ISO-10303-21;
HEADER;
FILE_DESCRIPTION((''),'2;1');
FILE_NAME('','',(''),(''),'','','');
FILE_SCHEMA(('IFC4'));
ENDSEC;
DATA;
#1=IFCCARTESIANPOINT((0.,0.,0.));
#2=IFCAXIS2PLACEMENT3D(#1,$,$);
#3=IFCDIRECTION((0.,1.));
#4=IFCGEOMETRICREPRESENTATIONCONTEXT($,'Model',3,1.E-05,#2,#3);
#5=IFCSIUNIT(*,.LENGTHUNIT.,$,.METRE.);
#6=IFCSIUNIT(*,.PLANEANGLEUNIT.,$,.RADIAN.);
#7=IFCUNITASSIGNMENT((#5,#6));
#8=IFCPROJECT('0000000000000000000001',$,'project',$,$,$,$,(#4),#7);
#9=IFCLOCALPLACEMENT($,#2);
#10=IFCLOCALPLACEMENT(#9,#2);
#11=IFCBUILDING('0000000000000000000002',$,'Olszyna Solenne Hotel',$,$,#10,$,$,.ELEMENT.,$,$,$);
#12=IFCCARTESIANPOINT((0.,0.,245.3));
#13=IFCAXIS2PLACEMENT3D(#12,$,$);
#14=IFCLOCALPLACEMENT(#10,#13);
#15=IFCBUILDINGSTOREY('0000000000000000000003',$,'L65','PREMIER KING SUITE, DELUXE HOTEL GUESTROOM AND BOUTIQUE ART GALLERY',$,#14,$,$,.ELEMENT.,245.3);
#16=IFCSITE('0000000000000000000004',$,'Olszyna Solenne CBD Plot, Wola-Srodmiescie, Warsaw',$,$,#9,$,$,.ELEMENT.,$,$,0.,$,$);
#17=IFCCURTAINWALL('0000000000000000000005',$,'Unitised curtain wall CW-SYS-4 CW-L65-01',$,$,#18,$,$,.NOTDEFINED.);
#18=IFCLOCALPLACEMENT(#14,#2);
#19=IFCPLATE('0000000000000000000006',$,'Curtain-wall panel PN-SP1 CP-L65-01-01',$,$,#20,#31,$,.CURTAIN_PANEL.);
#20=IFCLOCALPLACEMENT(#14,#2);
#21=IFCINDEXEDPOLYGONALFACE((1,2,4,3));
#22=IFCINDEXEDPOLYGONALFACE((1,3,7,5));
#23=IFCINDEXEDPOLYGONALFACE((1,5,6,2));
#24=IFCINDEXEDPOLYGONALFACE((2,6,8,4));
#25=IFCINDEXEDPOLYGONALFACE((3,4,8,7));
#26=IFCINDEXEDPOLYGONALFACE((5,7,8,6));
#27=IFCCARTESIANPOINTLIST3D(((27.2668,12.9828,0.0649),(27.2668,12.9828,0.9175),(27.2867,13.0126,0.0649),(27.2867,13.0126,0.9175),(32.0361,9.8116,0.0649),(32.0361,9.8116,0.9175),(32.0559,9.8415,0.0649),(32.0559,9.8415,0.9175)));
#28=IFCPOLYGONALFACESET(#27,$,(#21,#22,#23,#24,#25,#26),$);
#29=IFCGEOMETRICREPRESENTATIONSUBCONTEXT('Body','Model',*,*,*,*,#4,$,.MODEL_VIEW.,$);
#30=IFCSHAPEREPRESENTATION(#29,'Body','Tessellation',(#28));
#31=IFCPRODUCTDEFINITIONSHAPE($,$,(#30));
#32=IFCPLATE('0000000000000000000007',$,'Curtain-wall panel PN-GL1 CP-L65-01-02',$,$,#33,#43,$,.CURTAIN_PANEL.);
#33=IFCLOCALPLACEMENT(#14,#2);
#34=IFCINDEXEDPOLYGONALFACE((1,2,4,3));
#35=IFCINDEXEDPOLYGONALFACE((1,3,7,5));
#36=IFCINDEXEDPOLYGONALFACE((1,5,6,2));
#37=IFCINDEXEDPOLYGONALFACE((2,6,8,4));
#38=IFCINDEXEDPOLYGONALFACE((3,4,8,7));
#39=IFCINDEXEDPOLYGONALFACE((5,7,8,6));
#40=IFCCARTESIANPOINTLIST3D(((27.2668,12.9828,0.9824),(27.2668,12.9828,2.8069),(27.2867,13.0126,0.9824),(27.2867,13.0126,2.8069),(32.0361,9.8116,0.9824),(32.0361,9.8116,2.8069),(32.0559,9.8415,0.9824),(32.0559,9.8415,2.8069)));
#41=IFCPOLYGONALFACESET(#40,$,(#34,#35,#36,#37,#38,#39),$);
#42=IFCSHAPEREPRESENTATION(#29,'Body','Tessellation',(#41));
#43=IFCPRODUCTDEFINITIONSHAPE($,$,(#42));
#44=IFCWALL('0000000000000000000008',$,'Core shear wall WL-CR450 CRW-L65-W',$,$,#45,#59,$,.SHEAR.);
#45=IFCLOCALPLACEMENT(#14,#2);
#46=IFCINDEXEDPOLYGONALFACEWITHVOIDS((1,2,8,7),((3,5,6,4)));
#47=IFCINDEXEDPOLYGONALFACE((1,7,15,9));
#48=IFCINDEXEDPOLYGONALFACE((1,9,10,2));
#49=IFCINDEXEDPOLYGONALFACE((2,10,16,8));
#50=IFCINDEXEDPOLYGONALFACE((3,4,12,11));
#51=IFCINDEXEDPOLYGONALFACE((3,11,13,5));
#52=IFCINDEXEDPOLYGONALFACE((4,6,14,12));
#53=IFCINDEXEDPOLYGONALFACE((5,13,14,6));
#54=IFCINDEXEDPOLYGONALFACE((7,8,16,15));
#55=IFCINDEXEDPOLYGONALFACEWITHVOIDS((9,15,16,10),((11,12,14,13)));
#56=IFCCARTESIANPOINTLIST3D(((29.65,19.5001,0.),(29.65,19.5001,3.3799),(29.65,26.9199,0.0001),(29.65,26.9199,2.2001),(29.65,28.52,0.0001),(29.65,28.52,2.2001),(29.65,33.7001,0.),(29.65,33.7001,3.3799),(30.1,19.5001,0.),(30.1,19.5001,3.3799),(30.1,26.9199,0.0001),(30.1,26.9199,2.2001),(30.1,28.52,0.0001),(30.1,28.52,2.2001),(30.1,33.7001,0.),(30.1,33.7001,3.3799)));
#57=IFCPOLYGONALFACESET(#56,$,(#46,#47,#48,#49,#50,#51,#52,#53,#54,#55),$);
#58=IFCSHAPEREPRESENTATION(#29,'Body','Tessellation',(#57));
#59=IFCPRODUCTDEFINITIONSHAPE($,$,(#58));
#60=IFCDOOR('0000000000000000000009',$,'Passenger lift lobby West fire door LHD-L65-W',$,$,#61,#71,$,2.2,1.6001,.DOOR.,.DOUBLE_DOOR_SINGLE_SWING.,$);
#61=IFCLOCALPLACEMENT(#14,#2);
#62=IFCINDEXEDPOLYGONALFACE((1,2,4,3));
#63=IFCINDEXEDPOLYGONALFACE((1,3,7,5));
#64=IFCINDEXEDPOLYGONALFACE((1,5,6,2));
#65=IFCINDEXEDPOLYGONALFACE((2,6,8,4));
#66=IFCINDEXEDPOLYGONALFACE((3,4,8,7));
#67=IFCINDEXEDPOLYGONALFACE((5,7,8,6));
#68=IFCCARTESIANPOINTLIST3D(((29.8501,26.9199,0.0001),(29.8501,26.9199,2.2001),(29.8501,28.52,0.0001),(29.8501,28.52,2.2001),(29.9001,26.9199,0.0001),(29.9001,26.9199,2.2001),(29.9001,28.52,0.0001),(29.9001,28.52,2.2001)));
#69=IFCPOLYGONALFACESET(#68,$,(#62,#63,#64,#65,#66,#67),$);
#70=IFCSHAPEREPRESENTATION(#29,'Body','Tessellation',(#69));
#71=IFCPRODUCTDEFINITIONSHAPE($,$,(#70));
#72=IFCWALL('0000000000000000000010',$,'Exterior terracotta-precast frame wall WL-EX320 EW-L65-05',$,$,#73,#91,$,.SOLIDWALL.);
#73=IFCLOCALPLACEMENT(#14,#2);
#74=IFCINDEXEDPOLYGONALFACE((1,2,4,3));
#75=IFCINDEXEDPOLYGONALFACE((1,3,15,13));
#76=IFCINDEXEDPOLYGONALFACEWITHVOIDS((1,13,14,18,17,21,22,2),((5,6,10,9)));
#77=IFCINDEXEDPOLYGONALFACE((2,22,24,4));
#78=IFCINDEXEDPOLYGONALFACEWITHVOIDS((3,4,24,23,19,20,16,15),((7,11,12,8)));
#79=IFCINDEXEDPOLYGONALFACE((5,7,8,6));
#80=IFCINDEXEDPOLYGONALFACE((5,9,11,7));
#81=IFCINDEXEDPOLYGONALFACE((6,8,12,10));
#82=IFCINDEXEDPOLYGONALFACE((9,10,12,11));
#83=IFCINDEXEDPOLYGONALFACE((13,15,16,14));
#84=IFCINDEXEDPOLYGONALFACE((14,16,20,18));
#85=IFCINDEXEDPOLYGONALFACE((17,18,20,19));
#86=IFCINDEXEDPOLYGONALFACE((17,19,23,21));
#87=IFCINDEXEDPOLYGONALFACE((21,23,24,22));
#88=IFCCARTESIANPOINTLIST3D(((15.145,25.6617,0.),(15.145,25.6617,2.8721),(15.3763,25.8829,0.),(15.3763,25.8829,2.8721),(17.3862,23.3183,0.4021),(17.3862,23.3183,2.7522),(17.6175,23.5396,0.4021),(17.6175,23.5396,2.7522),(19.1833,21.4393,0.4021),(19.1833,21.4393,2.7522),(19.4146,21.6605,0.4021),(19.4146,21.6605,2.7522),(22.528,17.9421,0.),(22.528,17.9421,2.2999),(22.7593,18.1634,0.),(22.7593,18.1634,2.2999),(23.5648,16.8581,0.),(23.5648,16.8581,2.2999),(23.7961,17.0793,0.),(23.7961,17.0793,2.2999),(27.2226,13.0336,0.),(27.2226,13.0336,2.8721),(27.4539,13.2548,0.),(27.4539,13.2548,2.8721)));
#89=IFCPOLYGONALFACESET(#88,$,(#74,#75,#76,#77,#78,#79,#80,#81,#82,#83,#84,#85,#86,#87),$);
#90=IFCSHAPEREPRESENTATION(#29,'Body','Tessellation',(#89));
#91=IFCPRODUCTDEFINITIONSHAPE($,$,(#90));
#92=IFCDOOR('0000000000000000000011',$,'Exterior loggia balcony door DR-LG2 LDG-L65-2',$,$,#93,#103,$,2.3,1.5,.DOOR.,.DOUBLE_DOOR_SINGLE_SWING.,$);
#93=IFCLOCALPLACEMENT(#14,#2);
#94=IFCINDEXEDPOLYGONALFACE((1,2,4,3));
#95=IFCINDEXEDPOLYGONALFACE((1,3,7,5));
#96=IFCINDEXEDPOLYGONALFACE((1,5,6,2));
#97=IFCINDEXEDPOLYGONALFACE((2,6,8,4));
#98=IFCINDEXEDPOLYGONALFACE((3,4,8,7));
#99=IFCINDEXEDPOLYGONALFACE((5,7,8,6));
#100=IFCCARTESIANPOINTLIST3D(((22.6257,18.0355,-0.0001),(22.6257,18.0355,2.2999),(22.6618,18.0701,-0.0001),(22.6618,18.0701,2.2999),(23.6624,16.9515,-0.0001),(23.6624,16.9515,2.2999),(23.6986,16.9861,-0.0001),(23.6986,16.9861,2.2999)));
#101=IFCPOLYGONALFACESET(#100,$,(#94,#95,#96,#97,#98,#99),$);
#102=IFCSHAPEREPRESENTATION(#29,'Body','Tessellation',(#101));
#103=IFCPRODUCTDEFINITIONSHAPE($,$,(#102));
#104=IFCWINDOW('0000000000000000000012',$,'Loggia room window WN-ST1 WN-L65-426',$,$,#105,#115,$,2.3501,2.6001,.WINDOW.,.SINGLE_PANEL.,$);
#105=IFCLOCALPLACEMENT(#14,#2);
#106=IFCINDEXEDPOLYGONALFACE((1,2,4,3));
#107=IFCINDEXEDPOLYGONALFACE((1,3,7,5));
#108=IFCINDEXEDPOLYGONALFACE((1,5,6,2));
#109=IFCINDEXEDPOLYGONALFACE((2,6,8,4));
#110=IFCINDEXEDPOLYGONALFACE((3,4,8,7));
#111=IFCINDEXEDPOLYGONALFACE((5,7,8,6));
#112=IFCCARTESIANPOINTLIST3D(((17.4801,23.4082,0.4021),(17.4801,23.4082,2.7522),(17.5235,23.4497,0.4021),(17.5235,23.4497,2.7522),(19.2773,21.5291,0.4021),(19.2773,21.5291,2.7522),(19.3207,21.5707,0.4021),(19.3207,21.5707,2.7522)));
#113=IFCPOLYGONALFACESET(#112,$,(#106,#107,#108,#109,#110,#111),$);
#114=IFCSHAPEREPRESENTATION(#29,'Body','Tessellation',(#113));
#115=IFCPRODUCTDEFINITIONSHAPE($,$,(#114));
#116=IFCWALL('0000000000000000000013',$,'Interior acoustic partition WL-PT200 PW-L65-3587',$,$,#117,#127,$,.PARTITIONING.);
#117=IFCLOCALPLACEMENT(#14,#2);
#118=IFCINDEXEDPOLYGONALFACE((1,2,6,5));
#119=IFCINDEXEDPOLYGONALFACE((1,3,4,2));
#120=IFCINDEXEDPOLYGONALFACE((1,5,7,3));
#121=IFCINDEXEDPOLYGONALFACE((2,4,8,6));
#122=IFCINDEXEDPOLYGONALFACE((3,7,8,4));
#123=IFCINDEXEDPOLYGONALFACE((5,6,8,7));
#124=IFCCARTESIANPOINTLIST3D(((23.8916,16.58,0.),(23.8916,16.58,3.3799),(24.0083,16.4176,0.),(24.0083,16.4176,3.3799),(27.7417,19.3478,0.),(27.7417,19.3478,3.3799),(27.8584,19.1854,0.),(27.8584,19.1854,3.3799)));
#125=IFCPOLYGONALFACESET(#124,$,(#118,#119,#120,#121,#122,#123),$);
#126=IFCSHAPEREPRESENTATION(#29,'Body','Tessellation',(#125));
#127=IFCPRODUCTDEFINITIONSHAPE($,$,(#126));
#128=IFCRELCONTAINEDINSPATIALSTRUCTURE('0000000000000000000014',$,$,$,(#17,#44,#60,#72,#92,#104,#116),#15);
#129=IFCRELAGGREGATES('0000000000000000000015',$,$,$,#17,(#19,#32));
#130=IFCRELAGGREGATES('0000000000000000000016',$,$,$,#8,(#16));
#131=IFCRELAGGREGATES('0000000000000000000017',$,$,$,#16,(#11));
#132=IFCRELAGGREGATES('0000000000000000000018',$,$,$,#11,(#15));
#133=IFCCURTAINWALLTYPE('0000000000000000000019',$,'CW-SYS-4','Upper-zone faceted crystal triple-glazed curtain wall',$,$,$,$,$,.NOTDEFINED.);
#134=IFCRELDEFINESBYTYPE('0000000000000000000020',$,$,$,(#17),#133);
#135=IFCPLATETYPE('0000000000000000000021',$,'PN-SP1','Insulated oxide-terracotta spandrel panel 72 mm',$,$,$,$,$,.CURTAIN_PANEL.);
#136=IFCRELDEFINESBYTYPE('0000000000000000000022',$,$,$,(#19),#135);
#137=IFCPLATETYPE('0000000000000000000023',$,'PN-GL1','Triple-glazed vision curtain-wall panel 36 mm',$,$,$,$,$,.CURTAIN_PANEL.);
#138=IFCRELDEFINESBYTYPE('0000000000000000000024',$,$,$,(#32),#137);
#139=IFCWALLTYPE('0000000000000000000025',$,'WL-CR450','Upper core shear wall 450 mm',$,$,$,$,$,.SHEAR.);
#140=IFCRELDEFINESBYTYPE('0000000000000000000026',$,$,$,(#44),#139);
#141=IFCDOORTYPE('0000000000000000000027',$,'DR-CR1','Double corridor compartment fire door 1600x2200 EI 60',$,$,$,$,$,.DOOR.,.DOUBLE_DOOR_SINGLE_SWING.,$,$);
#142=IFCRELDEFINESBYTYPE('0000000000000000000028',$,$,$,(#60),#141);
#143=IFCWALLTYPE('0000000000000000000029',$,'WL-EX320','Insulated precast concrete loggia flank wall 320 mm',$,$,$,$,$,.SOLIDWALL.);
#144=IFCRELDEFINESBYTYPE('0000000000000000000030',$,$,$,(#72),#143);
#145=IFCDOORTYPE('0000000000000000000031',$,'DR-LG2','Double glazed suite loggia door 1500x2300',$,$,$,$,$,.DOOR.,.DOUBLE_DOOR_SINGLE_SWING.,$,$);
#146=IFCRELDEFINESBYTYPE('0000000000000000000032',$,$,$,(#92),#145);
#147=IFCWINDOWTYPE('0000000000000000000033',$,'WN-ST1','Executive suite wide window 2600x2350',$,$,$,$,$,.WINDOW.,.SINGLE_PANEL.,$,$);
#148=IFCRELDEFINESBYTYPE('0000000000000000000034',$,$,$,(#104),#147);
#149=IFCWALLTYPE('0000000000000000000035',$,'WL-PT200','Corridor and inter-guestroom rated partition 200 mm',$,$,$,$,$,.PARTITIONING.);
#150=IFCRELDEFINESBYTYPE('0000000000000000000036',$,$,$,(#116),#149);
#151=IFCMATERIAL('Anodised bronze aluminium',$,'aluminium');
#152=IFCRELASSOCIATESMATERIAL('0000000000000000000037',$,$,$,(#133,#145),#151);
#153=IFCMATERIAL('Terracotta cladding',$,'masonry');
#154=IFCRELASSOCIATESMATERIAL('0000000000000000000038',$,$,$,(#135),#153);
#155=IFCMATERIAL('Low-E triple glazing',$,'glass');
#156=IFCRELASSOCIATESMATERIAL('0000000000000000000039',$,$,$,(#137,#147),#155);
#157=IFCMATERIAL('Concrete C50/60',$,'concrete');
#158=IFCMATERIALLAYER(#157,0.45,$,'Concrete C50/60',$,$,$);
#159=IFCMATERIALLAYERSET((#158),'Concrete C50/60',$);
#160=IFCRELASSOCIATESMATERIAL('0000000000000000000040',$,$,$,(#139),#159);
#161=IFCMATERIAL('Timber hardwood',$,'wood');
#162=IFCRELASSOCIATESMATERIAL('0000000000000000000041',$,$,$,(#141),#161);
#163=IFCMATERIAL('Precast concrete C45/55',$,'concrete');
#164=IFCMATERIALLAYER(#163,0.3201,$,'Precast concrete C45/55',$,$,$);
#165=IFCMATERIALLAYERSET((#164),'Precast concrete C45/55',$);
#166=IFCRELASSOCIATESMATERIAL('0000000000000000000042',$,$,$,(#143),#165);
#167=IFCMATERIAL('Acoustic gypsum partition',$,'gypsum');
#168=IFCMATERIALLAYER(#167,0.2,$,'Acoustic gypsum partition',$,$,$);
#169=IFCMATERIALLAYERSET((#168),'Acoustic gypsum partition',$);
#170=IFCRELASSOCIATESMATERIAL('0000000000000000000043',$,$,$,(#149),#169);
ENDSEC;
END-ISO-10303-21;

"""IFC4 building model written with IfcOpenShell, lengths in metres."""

from ifc_helpers import new_model, si_unit, direction, frame, frame_2d, origin, origin_2d, place, context, subcontext, project, spatial, rectangle, extrude, source, transform, mapped, material, layer, layer_set, type_object, type_shapes, element, fill, aggregate, save


model = new_model("IFC4")

# Units and contexts
model_context = context("Model", 3, precision=1e-05, world=origin(), true_north=direction((0.0, 1.0)))
body_context = subcontext(model_context, "Body", "Model", "MODEL_VIEW")
ifc_project = project(units=[si_unit("LENGTHUNIT", "METRE"), si_unit("PLANEANGLEUNIT", "RADIAN")], contexts=[model_context])

# Site, building, storey
site_placement = place(None, origin())
site = spatial("IfcSite", under=ifc_project, at=site_placement, Name="Olszyna Solenne CBD Plot, Wola-Srodmiescie, Warsaw", CompositionType="ELEMENT", RefElevation=0.0)
building_placement = place(site_placement, origin())
building = spatial("IfcBuilding", under=site, at=building_placement, Name="Olszyna Solenne Hotel", CompositionType="ELEMENT")
storey_placement = place(building_placement, frame((0.0, 0.0, 245.3)))
storey = spatial("IfcBuildingStorey", under=building, at=storey_placement, Name="L65", Description="PREMIER KING SUITE, DELUXE HOTEL GUESTROOM AND BOUTIQUE ART GALLERY", CompositionType="ELEMENT", Elevation=245.3)

# Curtain wall
ifc_material_1 = material(Name="Anodised bronze aluminium", Category="aluminium")
curtain_wall_type = type_object("IfcCurtainWallType", Name="CW-SYS-4", Description="Upper-zone faceted crystal triple-glazed curtain wall", PredefinedType="NOTDEFINED", material=ifc_material_1)
curtain_wall_placement = place(storey_placement, origin())
curtain_wall = element("IfcCurtainWall", 1, at=curtain_wall_placement, inside=storey, type_object=curtain_wall_type, Name="Unitised curtain wall CW-SYS-4 CW-L65-01", PredefinedType="NOTDEFINED")

# Shared definitions
ifc_material_2 = material(Name="Precast concrete C45/55", Category="concrete")
ifc_material_3 = material(Name="Concrete C50/60", Category="concrete")

# Plates
ifc_material_4 = material(Name="Terracotta cladding", Category="masonry")
plate_type_1 = type_object("IfcPlateType", Name="PN-SP1", Description="Insulated oxide-terracotta spandrel panel 72 mm", PredefinedType="CURTAIN_PANEL", material=ifc_material_4)
shared_shape_1 = source(origin(), body_context, "Body", "SweptSolid", [
    extrude(rectangle(XDim=5.7273, YDim=0.0359, at=origin_2d()), origin(), (0.0, 0.0, 1.0), 0.8525),
])
plate_1_placement = place(storey_placement, frame((29.6614, 11.4121, 0.0649), z_axis=(0.0, 0.0, 1.0), x_axis=(0.83272, -0.553695, 0.0)))
plate_1 = element("IfcPlate", 2, at=plate_1_placement, type_object=plate_type_1, Name="Curtain-wall panel PN-SP1 CP-L65-01-01", PredefinedType="CURTAIN_PANEL", context=body_context, shape_type="MappedRepresentation", body=[
    mapped(shared_shape_1, transform((0.0, 0.0, 0.0), x_axis=(1.0, 0.0, 0.0), y_axis=(0.0, 1.0, 0.0), z_axis=(0.0, 0.0, 1.0), scale=1.0)),
])
ifc_material_5 = material(Name="Low-E triple glazing", Category="glass")
plate_type_2 = type_object("IfcPlateType", Name="PN-GL1", Description="Triple-glazed vision curtain-wall panel 36 mm", PredefinedType="CURTAIN_PANEL", material=ifc_material_5)
shared_shape_2 = source(origin(), body_context, "Body", "SweptSolid", [
    extrude(rectangle(XDim=5.7273, YDim=0.0359, at=origin_2d()), origin(), (0.0, 0.0, 1.0), 1.8245),
])
plate_2_placement = place(storey_placement, frame((29.6614, 11.4121, 0.9824), z_axis=(0.0, 0.0, 1.0), x_axis=(0.83272, -0.553695, 0.0)))
plate_2 = element("IfcPlate", 3, at=plate_2_placement, type_object=plate_type_2, Name="Curtain-wall panel PN-GL1 CP-L65-01-02", PredefinedType="CURTAIN_PANEL", context=body_context, shape_type="MappedRepresentation", body=[
    mapped(shared_shape_2, transform((0.0, 0.0, 0.0), x_axis=(1.0, 0.0, 0.0), y_axis=(0.0, 1.0, 0.0), z_axis=(0.0, 0.0, 1.0), scale=1.0)),
])
aggregate(curtain_wall, [plate_1, plate_2])

# Wall, opening, door
ifc_layer_1 = layer(ifc_material_3, 0.45, Name="Concrete C50/60")
ifc_layer_set_1 = layer_set([ifc_layer_1], Name="Concrete C50/60")
wall_type_1 = type_object("IfcWallType", Name="WL-CR450", Description="Upper core shear wall 450 mm", PredefinedType="SHEAR", material=ifc_layer_set_1)
wall_1_placement = place(storey_placement, frame((29.875, 19.5, 0.0), z_axis=(0.0, 0.0, 1.0), x_axis=(0.0, 1.0, 0.0)))
wall_1 = element("IfcWall", 4, at=wall_1_placement, inside=storey, type_object=wall_type_1, Name="Core shear wall WL-CR450 CRW-L65-W", PredefinedType="SHEAR", context=body_context, shape_type="SweptSolid", body=[
    extrude(rectangle(XDim=14.2, YDim=0.45, at=frame_2d((7.1001, 0.0))), origin(), (0.0, 0.0, 1.0), 3.3799),
])
opening_1_placement = place(wall_1_placement, frame((7.4199, 0.0, 0.0)))
opening_1 = element("IfcOpeningElement", 5, at=opening_1_placement, cuts=wall_1, PredefinedType="OPENING", context=body_context, shape_type="SweptSolid", body=[
    extrude(rectangle(XDim=1.6001, YDim=2.2, at=frame_2d((0.8, 1.1001))), frame((0.0, 0.2349, 0.0), z_axis=(0.0, -1.0, 0.0), x_axis=(1.0, 0.0, 0.0)), (0.0, 0.0, 1.0), 0.47),
])
ifc_material_6 = material(Name="Timber hardwood", Category="wood")
door_type_1 = type_object("IfcDoorType", Name="DR-CR1", Description="Double corridor compartment fire door 1600x2200 EI 60", OperationType="DOUBLE_DOOR_SINGLE_SWING", PredefinedType="DOOR", material=ifc_material_6)
shared_shape_3 = source(origin(), body_context, "Body", "SweptSolid", [
    extrude(rectangle(XDim=1.6001, YDim=2.2, at=frame_2d((0.8, 1.1001))), frame((0.0, 0.0249, 0.0), z_axis=(0.0, -1.0, 0.0), x_axis=(1.0, 0.0, 0.0)), (0.0, 0.0, 1.0), 0.05),
])
type_shapes(door_type_1, [shared_shape_3])
door_1_placement = place(opening_1_placement, origin())
door_1 = element("IfcDoor", 6, at=door_1_placement, inside=storey, type_object=door_type_1, Name="Passenger lift lobby West fire door LHD-L65-W", OperationType="DOUBLE_DOOR_SINGLE_SWING", OverallHeight=2.2, OverallWidth=1.6001, PredefinedType="DOOR", context=body_context, shape_type="MappedRepresentation", body=[
    mapped(shared_shape_3, transform((0.0, 0.0, 0.0), x_axis=(1.0, 0.0, 0.0), y_axis=(0.0, 1.0, 0.0), z_axis=(0.0, 0.0, 1.0), scale=1.0)),
])
fill(opening_1, door_1)

# Wall, openings, door, window
ifc_layer_2 = layer(ifc_material_2, 0.3201, Name="Precast concrete C45/55")
ifc_layer_set_2 = layer_set([ifc_layer_2], Name="Precast concrete C45/55")
wall_type_2 = type_object("IfcWallType", Name="WL-EX320", Description="Insulated precast concrete loggia flank wall 320 mm", PredefinedType="SOLIDWALL", material=ifc_layer_set_2)
wall_2_placement = place(storey_placement, frame((27.3381, 13.1443, 0.0), z_axis=(0.0, 0.0, 1.0), x_axis=(-0.691178, 0.722684, 0.0)))
wall_2 = element("IfcWall", 7, at=wall_2_placement, inside=storey, type_object=wall_type_2, Name="Exterior terracotta-precast frame wall WL-EX320 EW-L65-05", PredefinedType="SOLIDWALL", context=body_context, shape_type="SweptSolid", body=[
    extrude(rectangle(XDim=17.4739, YDim=0.3201, at=frame_2d((8.7368, 0.0))), origin(), (0.0, 0.0, 1.0), 2.8721),
])
opening_2_placement = place(wall_2_placement, frame((5.292, 0.0, 0.0)))
opening_2 = element("IfcOpeningElement", 8, at=opening_2_placement, cuts=wall_2, PredefinedType="OPENING", context=body_context, shape_type="SweptSolid", body=[
    extrude(rectangle(XDim=1.5, YDim=2.3, at=frame_2d((0.75, 1.1499))), frame((0.0, 0.1699, 0.0), z_axis=(0.0, -1.0, 0.0), x_axis=(1.0, 0.0, 0.0)), (0.0, 0.0, 1.0), 0.3401),
])
opening_3_placement = place(wall_2_placement, frame((11.6311, 0.0, 0.4021)))
opening_3 = element("IfcOpeningElement", 9, at=opening_3_placement, cuts=wall_2, PredefinedType="OPENING", context=body_context, shape_type="SweptSolid", body=[
    extrude(rectangle(XDim=2.6001, YDim=2.3501, at=frame_2d((1.3, 1.175))), frame((0.0, 0.1699, 0.0), z_axis=(0.0, -1.0, 0.0), x_axis=(1.0, 0.0, 0.0)), (0.0, 0.0, 1.0), 0.3401),
])
door_type_2 = type_object("IfcDoorType", Name="DR-LG2", Description="Double glazed suite loggia door 1500x2300", OperationType="DOUBLE_DOOR_SINGLE_SWING", PredefinedType="DOOR", material=ifc_material_1)
shared_shape_4 = source(origin(), body_context, "Body", "SweptSolid", [
    extrude(rectangle(XDim=1.5, YDim=2.3, at=frame_2d((0.75, 1.1499))), frame((0.0, 0.0249, 0.0), z_axis=(0.0, -1.0, 0.0), x_axis=(1.0, 0.0, 0.0)), (0.0, 0.0, 1.0), 0.05),
])
type_shapes(door_type_2, [shared_shape_4])
door_2_placement = place(opening_2_placement, origin())
door_2 = element("IfcDoor", 10, at=door_2_placement, inside=storey, type_object=door_type_2, Name="Exterior loggia balcony door DR-LG2 LDG-L65-2", OperationType="DOUBLE_DOOR_SINGLE_SWING", OverallHeight=2.3, OverallWidth=1.5, PredefinedType="DOOR", context=body_context, shape_type="MappedRepresentation", body=[
    mapped(shared_shape_4, transform((0.0, 0.0, 0.0), x_axis=(1.0, 0.0, 0.0), y_axis=(0.0, 1.0, 0.0), z_axis=(0.0, 0.0, 1.0), scale=1.0)),
])
fill(opening_2, door_2)
window_type = type_object("IfcWindowType", Name="WN-ST1", Description="Executive suite wide window 2600x2350", PartitioningType="SINGLE_PANEL", PredefinedType="WINDOW", material=ifc_material_5)
shared_shape_5 = source(origin(), body_context, "Body", "SweptSolid", [
    extrude(rectangle(XDim=2.6001, YDim=2.3501, at=frame_2d((1.3, 1.175))), frame((0.0, 0.03, 0.0), z_axis=(0.0, -1.0, 0.0), x_axis=(1.0, 0.0, 0.0)), (0.0, 0.0, 1.0), 0.0601),
])
type_shapes(window_type, [shared_shape_5])
window_placement = place(opening_3_placement, origin())
window = element("IfcWindow", 11, at=window_placement, inside=storey, type_object=window_type, Name="Loggia room window WN-ST1 WN-L65-426", OverallHeight=2.3501, OverallWidth=2.6001, PartitioningType="SINGLE_PANEL", PredefinedType="WINDOW", context=body_context, shape_type="MappedRepresentation", body=[
    mapped(shared_shape_5, transform((0.0, 0.0, 0.0), x_axis=(1.0, 0.0, 0.0), y_axis=(0.0, 1.0, 0.0), z_axis=(0.0, 0.0, 1.0), scale=1.0)),
])
fill(opening_3, window)

# Wall
ifc_material_7 = material(Name="Acoustic gypsum partition", Category="gypsum")
ifc_layer_3 = layer(ifc_material_7, 0.2, Name="Acoustic gypsum partition")
ifc_layer_set_3 = layer_set([ifc_layer_3], Name="Acoustic gypsum partition")
wall_type_3 = type_object("IfcWallType", Name="WL-PT200", Description="Corridor and inter-guestroom rated partition 200 mm", PredefinedType="PARTITIONING", material=ifc_layer_set_3)
wall_3_placement = place(storey_placement, frame((27.8, 19.2666, 0.0), z_axis=(0.0, 0.0, 1.0), x_axis=(-0.811959, -0.583715, 0.0)))
element("IfcWall", 12, at=wall_3_placement, inside=storey, type_object=wall_type_3, Name="Interior acoustic partition WL-PT200 PW-L65-3587", PredefinedType="PARTITIONING", context=body_context, shape_type="SweptSolid", body=[
    extrude(rectangle(XDim=4.7417, YDim=0.2, at=frame_2d((2.3708, 0.0))), origin(), (0.0, 0.0, 1.0), 3.3799),
])

save(model, "model.ifc")
